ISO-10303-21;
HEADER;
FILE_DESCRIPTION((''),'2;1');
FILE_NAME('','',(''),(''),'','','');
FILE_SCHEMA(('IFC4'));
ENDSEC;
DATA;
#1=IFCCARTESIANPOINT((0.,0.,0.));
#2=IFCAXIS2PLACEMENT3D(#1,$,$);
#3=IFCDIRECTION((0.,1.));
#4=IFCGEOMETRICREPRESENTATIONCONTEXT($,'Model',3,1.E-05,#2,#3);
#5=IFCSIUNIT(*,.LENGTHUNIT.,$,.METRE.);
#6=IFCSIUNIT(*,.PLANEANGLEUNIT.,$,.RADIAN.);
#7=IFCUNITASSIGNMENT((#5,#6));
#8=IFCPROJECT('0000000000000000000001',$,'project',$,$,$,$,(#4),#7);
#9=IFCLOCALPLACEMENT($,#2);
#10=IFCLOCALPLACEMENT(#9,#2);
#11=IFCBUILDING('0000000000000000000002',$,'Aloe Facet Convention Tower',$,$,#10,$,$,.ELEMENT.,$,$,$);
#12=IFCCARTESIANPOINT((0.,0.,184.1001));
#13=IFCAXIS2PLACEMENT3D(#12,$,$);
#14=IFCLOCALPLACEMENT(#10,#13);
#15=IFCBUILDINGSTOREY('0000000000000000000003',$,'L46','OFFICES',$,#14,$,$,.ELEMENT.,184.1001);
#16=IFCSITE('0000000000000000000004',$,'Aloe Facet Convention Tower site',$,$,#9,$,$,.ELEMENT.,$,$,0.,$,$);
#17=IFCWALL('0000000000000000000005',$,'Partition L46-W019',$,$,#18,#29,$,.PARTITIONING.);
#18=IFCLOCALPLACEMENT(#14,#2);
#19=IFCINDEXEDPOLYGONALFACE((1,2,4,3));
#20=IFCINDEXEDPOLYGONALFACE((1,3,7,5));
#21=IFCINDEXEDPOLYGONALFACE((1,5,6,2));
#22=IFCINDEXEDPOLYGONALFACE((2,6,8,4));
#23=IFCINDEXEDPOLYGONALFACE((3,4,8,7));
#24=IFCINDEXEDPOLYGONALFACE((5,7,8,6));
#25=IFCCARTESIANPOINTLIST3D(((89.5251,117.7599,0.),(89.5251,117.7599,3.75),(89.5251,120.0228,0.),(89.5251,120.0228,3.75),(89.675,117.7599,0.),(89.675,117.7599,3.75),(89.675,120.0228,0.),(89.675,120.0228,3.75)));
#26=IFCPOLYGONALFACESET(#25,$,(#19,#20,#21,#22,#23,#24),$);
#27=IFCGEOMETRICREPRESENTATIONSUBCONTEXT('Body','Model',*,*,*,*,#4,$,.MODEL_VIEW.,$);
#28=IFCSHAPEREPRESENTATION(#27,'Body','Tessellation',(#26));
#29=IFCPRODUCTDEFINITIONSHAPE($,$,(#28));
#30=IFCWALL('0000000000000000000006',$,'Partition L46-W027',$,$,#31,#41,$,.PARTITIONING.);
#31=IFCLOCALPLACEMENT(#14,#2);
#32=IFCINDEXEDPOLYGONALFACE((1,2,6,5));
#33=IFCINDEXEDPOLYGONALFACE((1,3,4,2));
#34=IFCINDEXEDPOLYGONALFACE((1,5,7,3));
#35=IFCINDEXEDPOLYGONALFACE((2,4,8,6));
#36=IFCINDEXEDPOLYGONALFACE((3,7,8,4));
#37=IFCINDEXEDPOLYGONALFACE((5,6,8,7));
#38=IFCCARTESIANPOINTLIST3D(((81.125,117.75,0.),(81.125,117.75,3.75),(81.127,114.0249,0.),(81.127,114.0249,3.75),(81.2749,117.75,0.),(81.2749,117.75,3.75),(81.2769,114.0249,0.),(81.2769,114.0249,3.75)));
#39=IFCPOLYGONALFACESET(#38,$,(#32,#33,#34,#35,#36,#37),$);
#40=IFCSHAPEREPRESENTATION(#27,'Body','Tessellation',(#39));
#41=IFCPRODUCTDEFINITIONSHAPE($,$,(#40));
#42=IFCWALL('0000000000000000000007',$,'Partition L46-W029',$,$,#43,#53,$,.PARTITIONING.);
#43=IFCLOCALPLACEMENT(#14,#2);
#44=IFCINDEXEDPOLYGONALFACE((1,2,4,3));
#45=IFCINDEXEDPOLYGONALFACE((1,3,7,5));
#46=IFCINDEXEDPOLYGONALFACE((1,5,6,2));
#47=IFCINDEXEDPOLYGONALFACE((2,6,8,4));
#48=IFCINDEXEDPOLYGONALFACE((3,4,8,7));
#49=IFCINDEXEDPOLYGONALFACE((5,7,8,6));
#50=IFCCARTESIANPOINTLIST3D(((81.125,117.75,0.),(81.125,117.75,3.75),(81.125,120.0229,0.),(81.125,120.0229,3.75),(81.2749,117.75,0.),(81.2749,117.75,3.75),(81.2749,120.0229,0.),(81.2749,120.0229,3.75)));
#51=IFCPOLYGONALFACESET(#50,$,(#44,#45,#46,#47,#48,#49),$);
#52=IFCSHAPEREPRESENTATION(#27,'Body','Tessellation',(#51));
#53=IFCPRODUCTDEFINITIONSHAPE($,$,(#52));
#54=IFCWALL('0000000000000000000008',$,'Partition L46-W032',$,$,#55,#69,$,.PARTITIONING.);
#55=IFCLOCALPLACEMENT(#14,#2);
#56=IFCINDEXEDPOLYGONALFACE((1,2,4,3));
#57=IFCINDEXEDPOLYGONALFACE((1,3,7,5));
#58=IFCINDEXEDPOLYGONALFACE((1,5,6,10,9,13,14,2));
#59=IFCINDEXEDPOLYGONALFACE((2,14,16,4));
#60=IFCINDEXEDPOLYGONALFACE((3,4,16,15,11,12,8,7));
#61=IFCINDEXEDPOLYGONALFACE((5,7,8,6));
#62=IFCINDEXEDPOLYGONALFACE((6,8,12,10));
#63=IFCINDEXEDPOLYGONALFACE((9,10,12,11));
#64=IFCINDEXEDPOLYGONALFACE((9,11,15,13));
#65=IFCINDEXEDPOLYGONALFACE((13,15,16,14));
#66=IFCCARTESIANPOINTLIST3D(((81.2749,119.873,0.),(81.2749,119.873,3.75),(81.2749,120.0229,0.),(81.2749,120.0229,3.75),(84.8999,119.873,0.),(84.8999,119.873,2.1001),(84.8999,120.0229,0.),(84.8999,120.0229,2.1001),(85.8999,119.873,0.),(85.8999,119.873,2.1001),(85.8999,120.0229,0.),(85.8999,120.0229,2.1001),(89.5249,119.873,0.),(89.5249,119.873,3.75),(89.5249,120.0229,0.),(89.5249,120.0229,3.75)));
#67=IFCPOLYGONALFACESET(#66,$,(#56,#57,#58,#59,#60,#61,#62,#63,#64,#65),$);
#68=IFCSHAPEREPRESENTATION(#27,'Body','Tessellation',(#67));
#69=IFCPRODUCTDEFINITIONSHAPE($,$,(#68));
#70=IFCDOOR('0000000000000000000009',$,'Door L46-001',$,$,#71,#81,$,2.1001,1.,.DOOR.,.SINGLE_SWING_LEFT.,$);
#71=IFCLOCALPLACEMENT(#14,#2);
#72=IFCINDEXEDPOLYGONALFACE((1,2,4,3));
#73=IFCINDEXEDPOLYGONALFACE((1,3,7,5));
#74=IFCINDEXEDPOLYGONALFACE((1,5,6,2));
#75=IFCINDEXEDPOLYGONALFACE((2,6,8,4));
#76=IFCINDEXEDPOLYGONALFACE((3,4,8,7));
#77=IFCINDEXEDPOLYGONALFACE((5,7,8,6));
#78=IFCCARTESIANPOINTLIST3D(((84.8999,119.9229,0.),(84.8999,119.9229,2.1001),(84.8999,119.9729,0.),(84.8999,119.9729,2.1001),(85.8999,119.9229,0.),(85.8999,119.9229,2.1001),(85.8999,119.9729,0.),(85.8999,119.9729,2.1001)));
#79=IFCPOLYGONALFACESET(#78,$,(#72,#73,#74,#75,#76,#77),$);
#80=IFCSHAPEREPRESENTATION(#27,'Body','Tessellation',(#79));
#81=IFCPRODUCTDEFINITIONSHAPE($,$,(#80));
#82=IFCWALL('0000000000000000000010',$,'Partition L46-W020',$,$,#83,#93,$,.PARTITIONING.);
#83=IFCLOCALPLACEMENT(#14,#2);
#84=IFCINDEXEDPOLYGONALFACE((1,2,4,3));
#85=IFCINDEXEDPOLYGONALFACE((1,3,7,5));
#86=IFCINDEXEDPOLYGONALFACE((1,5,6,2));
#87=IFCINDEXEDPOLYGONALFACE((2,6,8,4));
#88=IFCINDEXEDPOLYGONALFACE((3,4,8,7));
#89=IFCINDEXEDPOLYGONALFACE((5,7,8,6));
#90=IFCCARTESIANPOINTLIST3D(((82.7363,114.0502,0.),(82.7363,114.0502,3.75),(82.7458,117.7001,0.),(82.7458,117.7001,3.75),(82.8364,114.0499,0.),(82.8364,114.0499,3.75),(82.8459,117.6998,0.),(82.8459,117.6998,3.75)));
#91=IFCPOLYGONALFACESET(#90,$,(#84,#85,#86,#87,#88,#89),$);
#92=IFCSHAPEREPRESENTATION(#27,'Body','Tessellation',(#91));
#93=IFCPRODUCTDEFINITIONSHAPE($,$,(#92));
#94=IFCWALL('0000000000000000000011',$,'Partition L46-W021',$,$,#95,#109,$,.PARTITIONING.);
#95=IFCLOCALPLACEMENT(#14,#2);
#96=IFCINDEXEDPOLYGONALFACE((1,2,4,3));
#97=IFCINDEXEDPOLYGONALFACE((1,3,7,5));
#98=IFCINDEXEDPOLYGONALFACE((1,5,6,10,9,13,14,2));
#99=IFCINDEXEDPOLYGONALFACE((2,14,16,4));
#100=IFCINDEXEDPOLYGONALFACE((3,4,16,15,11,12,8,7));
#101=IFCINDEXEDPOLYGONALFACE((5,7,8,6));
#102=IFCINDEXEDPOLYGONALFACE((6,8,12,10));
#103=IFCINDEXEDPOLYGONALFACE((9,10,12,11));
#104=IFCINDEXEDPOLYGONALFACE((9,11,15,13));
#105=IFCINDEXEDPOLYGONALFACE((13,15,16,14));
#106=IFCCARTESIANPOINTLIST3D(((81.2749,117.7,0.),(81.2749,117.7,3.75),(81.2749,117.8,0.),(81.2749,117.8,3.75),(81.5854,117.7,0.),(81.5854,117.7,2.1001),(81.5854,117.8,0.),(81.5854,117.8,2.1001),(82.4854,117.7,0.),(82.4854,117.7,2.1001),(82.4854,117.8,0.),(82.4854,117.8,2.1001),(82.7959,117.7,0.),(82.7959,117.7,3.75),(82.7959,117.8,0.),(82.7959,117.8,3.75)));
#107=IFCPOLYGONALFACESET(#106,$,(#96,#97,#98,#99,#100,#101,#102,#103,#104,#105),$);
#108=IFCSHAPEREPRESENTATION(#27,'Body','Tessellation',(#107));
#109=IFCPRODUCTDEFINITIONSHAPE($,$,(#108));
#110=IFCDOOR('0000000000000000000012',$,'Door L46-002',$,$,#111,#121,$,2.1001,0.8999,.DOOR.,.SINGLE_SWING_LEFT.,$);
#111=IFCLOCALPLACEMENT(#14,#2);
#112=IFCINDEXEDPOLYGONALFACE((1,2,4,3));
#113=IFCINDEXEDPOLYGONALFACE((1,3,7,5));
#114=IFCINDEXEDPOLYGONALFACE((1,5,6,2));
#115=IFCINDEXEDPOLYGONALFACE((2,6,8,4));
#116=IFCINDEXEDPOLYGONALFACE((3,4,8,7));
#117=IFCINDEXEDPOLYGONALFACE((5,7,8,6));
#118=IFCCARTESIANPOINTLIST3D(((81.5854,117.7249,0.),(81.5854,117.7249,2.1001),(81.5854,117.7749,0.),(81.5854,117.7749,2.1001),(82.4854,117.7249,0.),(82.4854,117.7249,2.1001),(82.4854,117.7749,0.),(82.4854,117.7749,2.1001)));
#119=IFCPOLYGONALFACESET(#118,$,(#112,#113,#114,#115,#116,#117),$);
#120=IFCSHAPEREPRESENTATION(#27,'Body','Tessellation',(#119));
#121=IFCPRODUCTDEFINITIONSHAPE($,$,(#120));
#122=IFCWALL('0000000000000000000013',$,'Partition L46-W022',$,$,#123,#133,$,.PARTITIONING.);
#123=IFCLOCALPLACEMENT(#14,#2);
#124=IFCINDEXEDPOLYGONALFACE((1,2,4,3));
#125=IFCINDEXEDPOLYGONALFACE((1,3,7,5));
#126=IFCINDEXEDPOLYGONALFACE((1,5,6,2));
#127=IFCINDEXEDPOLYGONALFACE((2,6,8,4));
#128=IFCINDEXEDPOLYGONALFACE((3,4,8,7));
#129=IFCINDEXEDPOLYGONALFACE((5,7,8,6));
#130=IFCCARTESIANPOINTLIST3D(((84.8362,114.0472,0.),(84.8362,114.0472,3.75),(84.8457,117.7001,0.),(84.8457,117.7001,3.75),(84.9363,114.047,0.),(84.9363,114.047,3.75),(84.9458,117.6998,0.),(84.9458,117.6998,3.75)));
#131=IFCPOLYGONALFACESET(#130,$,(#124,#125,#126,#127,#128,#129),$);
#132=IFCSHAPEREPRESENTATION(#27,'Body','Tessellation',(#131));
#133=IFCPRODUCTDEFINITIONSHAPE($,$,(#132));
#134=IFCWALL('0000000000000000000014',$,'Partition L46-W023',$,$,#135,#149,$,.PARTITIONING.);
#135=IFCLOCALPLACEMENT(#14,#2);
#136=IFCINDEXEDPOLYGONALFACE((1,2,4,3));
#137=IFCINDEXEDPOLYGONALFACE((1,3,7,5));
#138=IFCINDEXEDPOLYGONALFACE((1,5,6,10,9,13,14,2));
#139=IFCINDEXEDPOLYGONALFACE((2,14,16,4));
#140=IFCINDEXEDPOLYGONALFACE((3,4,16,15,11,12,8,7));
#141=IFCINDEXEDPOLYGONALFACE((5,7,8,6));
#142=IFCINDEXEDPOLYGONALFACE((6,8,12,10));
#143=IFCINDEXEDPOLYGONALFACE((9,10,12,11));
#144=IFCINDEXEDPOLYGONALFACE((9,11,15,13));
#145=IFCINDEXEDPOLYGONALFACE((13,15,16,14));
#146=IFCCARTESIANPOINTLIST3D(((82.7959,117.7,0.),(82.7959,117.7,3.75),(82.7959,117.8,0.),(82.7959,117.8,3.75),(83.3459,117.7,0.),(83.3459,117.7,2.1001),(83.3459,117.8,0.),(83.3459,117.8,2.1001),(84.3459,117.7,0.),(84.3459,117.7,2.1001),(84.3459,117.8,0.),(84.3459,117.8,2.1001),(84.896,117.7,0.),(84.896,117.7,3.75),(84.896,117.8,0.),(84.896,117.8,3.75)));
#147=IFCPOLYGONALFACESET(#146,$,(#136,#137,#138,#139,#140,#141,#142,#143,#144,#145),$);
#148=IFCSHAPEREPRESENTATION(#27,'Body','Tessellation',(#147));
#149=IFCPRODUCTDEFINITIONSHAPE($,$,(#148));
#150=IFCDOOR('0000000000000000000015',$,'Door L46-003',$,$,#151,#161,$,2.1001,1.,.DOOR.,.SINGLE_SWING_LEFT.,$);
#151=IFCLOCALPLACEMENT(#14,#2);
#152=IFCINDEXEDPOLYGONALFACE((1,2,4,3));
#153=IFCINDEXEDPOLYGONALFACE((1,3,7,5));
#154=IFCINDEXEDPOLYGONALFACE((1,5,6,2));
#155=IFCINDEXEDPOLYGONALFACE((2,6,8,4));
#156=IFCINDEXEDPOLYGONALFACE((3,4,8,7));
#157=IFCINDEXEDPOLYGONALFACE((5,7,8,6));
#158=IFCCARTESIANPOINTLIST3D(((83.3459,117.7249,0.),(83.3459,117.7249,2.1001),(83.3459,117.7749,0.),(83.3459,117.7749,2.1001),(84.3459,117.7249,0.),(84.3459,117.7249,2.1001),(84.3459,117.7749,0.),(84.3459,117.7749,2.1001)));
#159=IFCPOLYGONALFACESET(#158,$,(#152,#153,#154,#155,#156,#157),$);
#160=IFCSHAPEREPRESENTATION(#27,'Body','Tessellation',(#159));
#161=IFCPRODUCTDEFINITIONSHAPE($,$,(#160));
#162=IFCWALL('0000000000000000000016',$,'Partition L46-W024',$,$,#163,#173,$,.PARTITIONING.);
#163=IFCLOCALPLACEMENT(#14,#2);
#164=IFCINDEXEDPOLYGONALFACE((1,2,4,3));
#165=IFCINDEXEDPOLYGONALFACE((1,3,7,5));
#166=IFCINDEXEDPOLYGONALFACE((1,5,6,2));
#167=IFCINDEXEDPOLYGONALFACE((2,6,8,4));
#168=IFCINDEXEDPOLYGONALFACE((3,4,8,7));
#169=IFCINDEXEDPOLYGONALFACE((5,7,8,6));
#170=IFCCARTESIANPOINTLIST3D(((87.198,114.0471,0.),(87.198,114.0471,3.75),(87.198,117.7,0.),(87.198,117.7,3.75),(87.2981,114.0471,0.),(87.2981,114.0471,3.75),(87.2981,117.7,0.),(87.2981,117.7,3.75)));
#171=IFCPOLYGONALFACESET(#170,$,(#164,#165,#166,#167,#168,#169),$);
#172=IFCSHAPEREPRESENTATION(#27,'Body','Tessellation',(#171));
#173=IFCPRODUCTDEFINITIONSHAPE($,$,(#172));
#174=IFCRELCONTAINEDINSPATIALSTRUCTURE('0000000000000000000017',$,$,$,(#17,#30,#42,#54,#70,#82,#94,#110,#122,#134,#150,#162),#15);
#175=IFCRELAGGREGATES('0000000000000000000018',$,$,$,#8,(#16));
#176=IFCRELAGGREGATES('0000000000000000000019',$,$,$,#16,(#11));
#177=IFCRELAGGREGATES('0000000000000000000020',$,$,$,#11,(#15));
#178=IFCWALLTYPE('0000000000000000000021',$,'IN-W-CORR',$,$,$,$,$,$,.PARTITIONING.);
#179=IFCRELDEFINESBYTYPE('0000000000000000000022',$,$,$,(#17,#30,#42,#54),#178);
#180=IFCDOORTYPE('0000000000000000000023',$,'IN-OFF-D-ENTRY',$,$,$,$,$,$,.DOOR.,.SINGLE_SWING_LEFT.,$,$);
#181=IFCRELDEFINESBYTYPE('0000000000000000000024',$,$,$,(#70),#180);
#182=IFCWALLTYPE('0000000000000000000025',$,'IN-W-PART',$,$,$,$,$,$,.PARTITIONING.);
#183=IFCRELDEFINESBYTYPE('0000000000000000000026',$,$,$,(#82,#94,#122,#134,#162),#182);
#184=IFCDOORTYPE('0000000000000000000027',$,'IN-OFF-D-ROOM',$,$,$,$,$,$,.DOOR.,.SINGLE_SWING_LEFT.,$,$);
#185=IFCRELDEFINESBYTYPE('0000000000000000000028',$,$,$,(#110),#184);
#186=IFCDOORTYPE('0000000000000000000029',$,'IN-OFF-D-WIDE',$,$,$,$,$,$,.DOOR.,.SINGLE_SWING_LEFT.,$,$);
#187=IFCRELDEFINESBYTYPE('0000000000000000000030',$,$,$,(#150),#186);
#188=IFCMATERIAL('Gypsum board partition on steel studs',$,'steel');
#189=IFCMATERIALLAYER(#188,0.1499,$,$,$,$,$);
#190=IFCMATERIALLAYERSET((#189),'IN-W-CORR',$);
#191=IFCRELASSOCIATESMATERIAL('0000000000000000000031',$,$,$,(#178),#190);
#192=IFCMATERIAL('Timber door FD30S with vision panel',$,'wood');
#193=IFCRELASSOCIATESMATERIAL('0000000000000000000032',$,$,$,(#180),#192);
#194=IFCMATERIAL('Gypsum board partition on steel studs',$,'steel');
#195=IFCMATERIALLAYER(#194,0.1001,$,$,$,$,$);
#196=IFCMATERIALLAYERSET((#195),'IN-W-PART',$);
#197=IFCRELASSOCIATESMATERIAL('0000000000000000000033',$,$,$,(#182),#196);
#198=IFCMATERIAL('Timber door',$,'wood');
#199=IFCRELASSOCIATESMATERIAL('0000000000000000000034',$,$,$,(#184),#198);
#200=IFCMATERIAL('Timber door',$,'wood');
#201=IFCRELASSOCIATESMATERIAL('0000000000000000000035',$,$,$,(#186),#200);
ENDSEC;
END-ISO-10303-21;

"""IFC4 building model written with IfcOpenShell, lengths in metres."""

from ifc_helpers import new_model, si_unit, direction, frame, frame_2d, origin, place, context, subcontext, project, spatial, rectangle, extrude, material, layer, layer_set, type_object, element, fill, save


model = new_model("IFC4")

# Units and contexts
model_context = context("Model", 3, precision=1e-05, world=origin(), true_north=direction((0.0, 1.0)))
body_context = subcontext(model_context, "Body", "Model", "MODEL_VIEW")
ifc_project = project(units=[si_unit("LENGTHUNIT", "METRE"), si_unit("PLANEANGLEUNIT", "RADIAN")], contexts=[model_context])

# Site, building, storey
site_placement = place(None, origin())
site = spatial("IfcSite", under=ifc_project, at=site_placement, Name="Aloe Facet Convention Tower site", CompositionType="ELEMENT", RefElevation=0.0)
building_placement = place(site_placement, origin())
building = spatial("IfcBuilding", under=site, at=building_placement, Name="Aloe Facet Convention Tower", CompositionType="ELEMENT")
storey_placement = place(building_placement, frame((0.0, 0.0, 184.1001)))
storey = spatial("IfcBuildingStorey", under=building, at=storey_placement, Name="L46", Description="OFFICES", CompositionType="ELEMENT", Elevation=184.1001)

# Walls
ifc_material_1 = material(Name="Gypsum board partition on steel studs", Category="steel")
ifc_layer_1 = layer(ifc_material_1, 0.1499)
ifc_layer_set_1 = layer_set([ifc_layer_1], Name="IN-W-CORR")
wall_type_1 = type_object("IfcWallType", Name="IN-W-CORR", PredefinedType="PARTITIONING", material=ifc_layer_set_1)
wall_1_placement = place(storey_placement, frame((89.6001, 117.76, 0.0), z_axis=(0.0, 0.0, 1.0), x_axis=(0.0, 1.0, 0.0)))
element("IfcWall", 1, at=wall_1_placement, inside=storey, type_object=wall_type_1, Name="Partition L46-W019", PredefinedType="PARTITIONING", context=body_context, shape_type="SweptSolid", body=[
    extrude(rectangle(XDim=2.2629, YDim=0.1499, at=frame_2d((1.1313, 0.0))), origin(), (0.0, 0.0, 1.0), 3.75),
])
wall_2_placement = place(storey_placement, frame((81.2019, 114.0249, 0.0), z_axis=(0.0, 0.0, 1.0), x_axis=(-0.000524, 1.0, 0.0)))
element("IfcWall", 2, at=wall_2_placement, inside=storey, type_object=wall_type_1, Name="Partition L46-W027", PredefinedType="PARTITIONING", context=body_context, shape_type="SweptSolid", body=[
    extrude(rectangle(XDim=3.7251, YDim=0.1499, at=frame_2d((1.8625, 0.0))), origin(), (0.0, 0.0, 1.0), 3.75),
])
wall_3_placement = place(storey_placement, frame((81.2, 117.75, 0.0), z_axis=(0.0, 0.0, 1.0), x_axis=(0.0, 1.0, 0.0)))
element("IfcWall", 3, at=wall_3_placement, inside=storey, type_object=wall_type_1, Name="Partition L46-W029", PredefinedType="PARTITIONING", context=body_context, shape_type="SweptSolid", body=[
    extrude(rectangle(XDim=2.2729, YDim=0.1499, at=frame_2d((1.1365, 0.0))), origin(), (0.0, 0.0, 1.0), 3.75),
])

# Wall, opening, door
wall_4_placement = place(storey_placement, frame((81.2749, 119.948, 0.0), z_axis=(0.0, 0.0, 1.0), x_axis=(1.0, 0.0, 0.0)))
wall_4 = element("IfcWall", 4, at=wall_4_placement, inside=storey, type_object=wall_type_1, Name="Partition L46-W032", PredefinedType="PARTITIONING", context=body_context, shape_type="SweptSolid", body=[
    extrude(rectangle(XDim=8.25, YDim=0.1499, at=frame_2d((4.125, 0.0))), origin(), (0.0, 0.0, 1.0), 3.75),
])
opening_1_placement = place(wall_4_placement, frame((3.625, 0.0, 0.0)))
opening_1 = element("IfcOpeningElement", 5, at=opening_1_placement, cuts=wall_4, PredefinedType="OPENING", context=body_context, shape_type="SweptSolid", body=[
    extrude(rectangle(XDim=1.0, YDim=2.1001, at=frame_2d((0.5, 1.05))), frame((0.0, 0.085, 0.0), z_axis=(0.0, -1.0, 0.0), x_axis=(1.0, 0.0, 0.0)), (0.0, 0.0, 1.0), 0.1699),
])
ifc_material_2 = material(Name="Timber door FD30S with vision panel", Category="wood")
door_type_1 = type_object("IfcDoorType", Name="IN-OFF-D-ENTRY", OperationType="SINGLE_SWING_LEFT", PredefinedType="DOOR", material=ifc_material_2)
door_1_placement = place(opening_1_placement, origin())
door_1 = element("IfcDoor", 6, at=door_1_placement, inside=storey, type_object=door_type_1, Name="Door L46-001", OperationType="SINGLE_SWING_LEFT", OverallHeight=2.1001, OverallWidth=1.0, PredefinedType="DOOR", context=body_context, shape_type="SweptSolid", body=[
    extrude(rectangle(XDim=1.0, YDim=2.1001, at=frame_2d((0.5, 1.05))), frame((0.0, 0.0249, 0.0), z_axis=(0.0, -1.0, 0.0), x_axis=(1.0, 0.0, 0.0)), (0.0, 0.0, 1.0), 0.05),
])
fill(opening_1, door_1)

# Wall
ifc_material_3 = material(Name="Gypsum board partition on steel studs", Category="steel")
ifc_layer_2 = layer(ifc_material_3, 0.1001)
ifc_layer_set_2 = layer_set([ifc_layer_2], Name="IN-W-PART")
wall_type_2 = type_object("IfcWallType", Name="IN-W-PART", PredefinedType="PARTITIONING", material=ifc_layer_set_2)
wall_5_placement = place(storey_placement, frame((82.7864, 114.05, 0.0), z_axis=(0.0, 0.0, 1.0), x_axis=(0.002609, 0.999997, 0.0)))
element("IfcWall", 7, at=wall_5_placement, inside=storey, type_object=wall_type_2, Name="Partition L46-W020", PredefinedType="PARTITIONING", context=body_context, shape_type="SweptSolid", body=[
    extrude(rectangle(XDim=3.6499, YDim=0.1001, at=frame_2d((1.825, 0.0))), origin(), (0.0, 0.0, 1.0), 3.75),
])

# Wall, opening, door
wall_6_placement = place(storey_placement, frame((81.2749, 117.75, 0.0), z_axis=(0.0, 0.0, 1.0), x_axis=(1.0, 0.0, 0.0)))
wall_6 = element("IfcWall", 8, at=wall_6_placement, inside=storey, type_object=wall_type_2, Name="Partition L46-W021", PredefinedType="PARTITIONING", context=body_context, shape_type="SweptSolid", body=[
    extrude(rectangle(XDim=1.521, YDim=0.1001, at=frame_2d((0.7605, 0.0))), origin(), (0.0, 0.0, 1.0), 3.75),
])
opening_2_placement = place(wall_6_placement, frame((0.3105, 0.0, 0.0)))
opening_2 = element("IfcOpeningElement", 9, at=opening_2_placement, cuts=wall_6, PredefinedType="OPENING", context=body_context, shape_type="SweptSolid", body=[
    extrude(rectangle(XDim=0.8999, YDim=2.1001, at=frame_2d((0.45, 1.05))), frame((0.0, 0.0601, 0.0), z_axis=(0.0, -1.0, 0.0), x_axis=(1.0, 0.0, 0.0)), (0.0, 0.0, 1.0), 0.1201),
])
ifc_material_4 = material(Name="Timber door", Category="wood")
door_type_2 = type_object("IfcDoorType", Name="IN-OFF-D-ROOM", OperationType="SINGLE_SWING_LEFT", PredefinedType="DOOR", material=ifc_material_4)
door_2_placement = place(opening_2_placement, origin())
door_2 = element("IfcDoor", 10, at=door_2_placement, inside=storey, type_object=door_type_2, Name="Door L46-002", OperationType="SINGLE_SWING_LEFT", OverallHeight=2.1001, OverallWidth=0.8999, PredefinedType="DOOR", context=body_context, shape_type="SweptSolid", body=[
    extrude(rectangle(XDim=0.8999, YDim=2.1001, at=frame_2d((0.45, 1.05))), frame((0.0, 0.0249, 0.0), z_axis=(0.0, -1.0, 0.0), x_axis=(1.0, 0.0, 0.0)), (0.0, 0.0, 1.0), 0.05),
])
fill(opening_2, door_2)

# Wall
wall_7_placement = place(storey_placement, frame((84.8862, 114.0471, 0.0), z_axis=(0.0, 0.0, 1.0), x_axis=(0.002607, 0.999997, 0.0)))
element("IfcWall", 11, at=wall_7_placement, inside=storey, type_object=wall_type_2, Name="Partition L46-W022", PredefinedType="PARTITIONING", context=body_context, shape_type="SweptSolid", body=[
    extrude(rectangle(XDim=3.6528, YDim=0.1001, at=frame_2d((1.8264, 0.0))), origin(), (0.0, 0.0, 1.0), 3.75),
])

# Wall, opening, door
wall_8_placement = place(storey_placement, frame((82.7959, 117.75, 0.0), z_axis=(0.0, 0.0, 1.0), x_axis=(1.0, 0.0, 0.0)))
wall_8 = element("IfcWall", 12, at=wall_8_placement, inside=storey, type_object=wall_type_2, Name="Partition L46-W023", PredefinedType="PARTITIONING", context=body_context, shape_type="SweptSolid", body=[
    extrude(rectangle(XDim=2.1001, YDim=0.1001, at=frame_2d((1.05, 0.0))), origin(), (0.0, 0.0, 1.0), 3.75),
])
opening_3_placement = place(wall_8_placement, frame((0.55, 0.0, 0.0)))
opening_3 = element("IfcOpeningElement", 13, at=opening_3_placement, cuts=wall_8, PredefinedType="OPENING", context=body_context, shape_type="SweptSolid", body=[
    extrude(rectangle(XDim=1.0, YDim=2.1001, at=frame_2d((0.5, 1.05))), frame((0.0, 0.0601, 0.0), z_axis=(0.0, -1.0, 0.0), x_axis=(1.0, 0.0, 0.0)), (0.0, 0.0, 1.0), 0.1201),
])
ifc_material_5 = material(Name="Timber door", Category="wood")
door_type_3 = type_object("IfcDoorType", Name="IN-OFF-D-WIDE", OperationType="SINGLE_SWING_LEFT", PredefinedType="DOOR", material=ifc_material_5)
door_3_placement = place(opening_3_placement, origin())
door_3 = element("IfcDoor", 14, at=door_3_placement, inside=storey, type_object=door_type_3, Name="Door L46-003", OperationType="SINGLE_SWING_LEFT", OverallHeight=2.1001, OverallWidth=1.0, PredefinedType="DOOR", context=body_context, shape_type="SweptSolid", body=[
    extrude(rectangle(XDim=1.0, YDim=2.1001, at=frame_2d((0.5, 1.05))), frame((0.0, 0.0249, 0.0), z_axis=(0.0, -1.0, 0.0), x_axis=(1.0, 0.0, 0.0)), (0.0, 0.0, 1.0), 0.05),
])
fill(opening_3, door_3)

# Wall
wall_9_placement = place(storey_placement, frame((87.248, 114.0471, 0.0), z_axis=(0.0, 0.0, 1.0), x_axis=(0.0, 1.0, 0.0)))
element("IfcWall", 15, at=wall_9_placement, inside=storey, type_object=wall_type_2, Name="Partition L46-W024", PredefinedType="PARTITIONING", context=body_context, shape_type="SweptSolid", body=[
    extrude(rectangle(XDim=3.6528, YDim=0.1001, at=frame_2d((1.8264, 0.0))), origin(), (0.0, 0.0, 1.0), 3.75),
])

save(model, "model.ifc")
